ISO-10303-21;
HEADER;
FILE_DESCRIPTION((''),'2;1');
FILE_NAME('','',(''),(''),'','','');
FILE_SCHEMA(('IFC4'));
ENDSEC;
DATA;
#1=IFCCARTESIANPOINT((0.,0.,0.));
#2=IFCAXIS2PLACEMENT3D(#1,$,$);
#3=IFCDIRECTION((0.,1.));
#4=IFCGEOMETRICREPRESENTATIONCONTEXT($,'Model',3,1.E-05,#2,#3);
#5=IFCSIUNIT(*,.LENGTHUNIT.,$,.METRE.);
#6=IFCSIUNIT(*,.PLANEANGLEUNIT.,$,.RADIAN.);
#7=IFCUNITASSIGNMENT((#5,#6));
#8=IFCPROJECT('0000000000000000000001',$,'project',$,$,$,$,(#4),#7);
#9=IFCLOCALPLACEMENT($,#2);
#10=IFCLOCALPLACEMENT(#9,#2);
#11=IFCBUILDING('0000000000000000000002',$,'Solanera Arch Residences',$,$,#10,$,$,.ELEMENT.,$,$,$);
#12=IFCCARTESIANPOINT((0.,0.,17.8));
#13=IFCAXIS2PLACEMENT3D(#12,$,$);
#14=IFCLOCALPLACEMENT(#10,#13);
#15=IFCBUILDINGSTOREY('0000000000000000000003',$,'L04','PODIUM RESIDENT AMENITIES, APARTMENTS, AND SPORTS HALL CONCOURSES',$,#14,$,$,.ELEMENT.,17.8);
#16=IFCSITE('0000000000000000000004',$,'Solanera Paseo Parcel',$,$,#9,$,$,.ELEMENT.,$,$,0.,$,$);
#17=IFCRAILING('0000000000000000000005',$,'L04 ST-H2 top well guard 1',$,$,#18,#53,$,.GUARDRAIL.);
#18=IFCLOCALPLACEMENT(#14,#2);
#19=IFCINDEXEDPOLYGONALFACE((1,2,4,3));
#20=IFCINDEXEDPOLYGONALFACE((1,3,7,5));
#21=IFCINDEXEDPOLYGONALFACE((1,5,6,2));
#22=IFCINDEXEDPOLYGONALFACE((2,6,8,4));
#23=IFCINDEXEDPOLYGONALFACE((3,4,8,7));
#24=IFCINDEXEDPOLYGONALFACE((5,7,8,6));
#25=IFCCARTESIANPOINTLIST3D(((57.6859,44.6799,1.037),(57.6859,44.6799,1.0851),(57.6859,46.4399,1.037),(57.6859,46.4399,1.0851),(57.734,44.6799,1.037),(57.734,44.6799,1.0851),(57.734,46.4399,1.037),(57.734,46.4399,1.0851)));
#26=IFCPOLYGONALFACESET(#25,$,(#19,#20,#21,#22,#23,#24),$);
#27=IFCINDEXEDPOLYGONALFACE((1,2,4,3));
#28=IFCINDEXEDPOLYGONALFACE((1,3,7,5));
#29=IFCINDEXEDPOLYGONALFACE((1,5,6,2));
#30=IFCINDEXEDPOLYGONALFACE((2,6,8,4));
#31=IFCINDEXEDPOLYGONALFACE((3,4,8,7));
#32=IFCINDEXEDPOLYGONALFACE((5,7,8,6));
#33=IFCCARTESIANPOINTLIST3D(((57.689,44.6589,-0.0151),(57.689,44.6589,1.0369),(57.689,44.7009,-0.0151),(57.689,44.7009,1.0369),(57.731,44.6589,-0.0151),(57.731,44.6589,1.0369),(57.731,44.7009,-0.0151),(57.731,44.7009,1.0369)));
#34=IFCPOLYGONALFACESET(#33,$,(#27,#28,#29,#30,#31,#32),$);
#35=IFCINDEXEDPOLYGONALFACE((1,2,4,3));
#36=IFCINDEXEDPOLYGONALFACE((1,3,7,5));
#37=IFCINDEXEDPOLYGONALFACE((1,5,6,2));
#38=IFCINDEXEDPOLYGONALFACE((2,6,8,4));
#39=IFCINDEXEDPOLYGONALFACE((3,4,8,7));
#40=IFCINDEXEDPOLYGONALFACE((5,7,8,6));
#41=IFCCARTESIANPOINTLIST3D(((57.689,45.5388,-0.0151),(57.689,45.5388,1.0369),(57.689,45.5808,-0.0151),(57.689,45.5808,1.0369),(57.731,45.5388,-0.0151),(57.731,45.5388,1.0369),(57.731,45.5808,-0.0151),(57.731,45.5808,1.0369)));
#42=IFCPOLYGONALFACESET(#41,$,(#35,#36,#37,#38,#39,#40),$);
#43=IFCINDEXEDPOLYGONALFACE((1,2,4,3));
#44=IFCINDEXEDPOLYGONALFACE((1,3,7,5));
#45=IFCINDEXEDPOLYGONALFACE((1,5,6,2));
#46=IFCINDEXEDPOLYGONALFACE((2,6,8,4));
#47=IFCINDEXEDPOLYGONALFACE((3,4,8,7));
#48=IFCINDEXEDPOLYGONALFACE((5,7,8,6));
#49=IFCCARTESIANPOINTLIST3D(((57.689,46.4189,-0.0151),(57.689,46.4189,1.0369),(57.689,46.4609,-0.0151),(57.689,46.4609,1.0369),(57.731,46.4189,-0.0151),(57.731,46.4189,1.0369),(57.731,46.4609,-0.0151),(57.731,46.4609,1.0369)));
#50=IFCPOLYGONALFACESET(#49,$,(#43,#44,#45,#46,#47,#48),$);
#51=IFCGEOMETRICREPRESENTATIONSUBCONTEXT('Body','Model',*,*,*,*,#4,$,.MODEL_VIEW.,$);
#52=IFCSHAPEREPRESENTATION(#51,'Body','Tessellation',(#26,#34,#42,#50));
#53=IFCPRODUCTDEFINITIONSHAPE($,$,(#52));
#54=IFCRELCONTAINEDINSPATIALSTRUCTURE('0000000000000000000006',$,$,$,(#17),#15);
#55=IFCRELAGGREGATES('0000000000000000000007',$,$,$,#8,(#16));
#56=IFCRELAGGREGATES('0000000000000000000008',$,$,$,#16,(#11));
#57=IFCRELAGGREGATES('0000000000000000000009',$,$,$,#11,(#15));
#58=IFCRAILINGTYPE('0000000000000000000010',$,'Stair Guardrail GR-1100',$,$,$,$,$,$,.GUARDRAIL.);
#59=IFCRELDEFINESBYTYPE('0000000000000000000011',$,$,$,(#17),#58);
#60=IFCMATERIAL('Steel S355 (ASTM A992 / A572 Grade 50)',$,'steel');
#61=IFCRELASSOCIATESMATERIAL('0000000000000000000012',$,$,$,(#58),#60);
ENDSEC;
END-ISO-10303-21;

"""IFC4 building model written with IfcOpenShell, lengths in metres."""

from ifc_helpers import new_model, si_unit, direction, frame, origin, origin_2d, place, context, subcontext, project, spatial, rectangle, extrude, material, type_object, element, save


model = new_model("IFC4")

# Units and contexts
model_context = context("Model", 3, precision=1e-05, world=origin(), true_north=direction((0.0, 1.0)))
body_context = subcontext(model_context, "Body", "Model", "MODEL_VIEW")
ifc_project = project(units=[si_unit("LENGTHUNIT", "METRE"), si_unit("PLANEANGLEUNIT", "RADIAN")], contexts=[model_context])

# Site, building, storey
site_placement = place(None, origin())
site = spatial("IfcSite", under=ifc_project, at=site_placement, Name="Solanera Paseo Parcel", CompositionType="ELEMENT", RefElevation=0.0)
building_placement = place(site_placement, origin())
building = spatial("IfcBuilding", under=site, at=building_placement, Name="Solanera Arch Residences", CompositionType="ELEMENT")
storey_placement = place(building_placement, frame((0.0, 0.0, 17.8)))
storey = spatial("IfcBuildingStorey", under=building, at=storey_placement, Name="L04", Description="PODIUM RESIDENT AMENITIES, APARTMENTS, AND SPORTS HALL CONCOURSES", CompositionType="ELEMENT", Elevation=17.8)

# Railing
ifc_material_1 = material(Name="Steel S355 (ASTM A992 / A572 Grade 50)", Category="steel")
railing_type = type_object("IfcRailingType", Name="Stair Guardrail GR-1100", PredefinedType="GUARDRAIL", material=ifc_material_1)
railing_placement = place(storey_placement, frame((57.71, 44.6799, -0.0151)))
element("IfcRailing", 1, at=railing_placement, inside=storey, type_object=railing_type, Name="L04 ST-H2 top well guard 1", PredefinedType="GUARDRAIL", context=body_context, shape_type="SweptSolid", body=[
    extrude(rectangle(XDim=0.0481, YDim=0.0481, at=origin_2d()), frame((0.0, 0.0, 1.0762), z_axis=(0.0, 1.0, 0.0), x_axis=(-1.0, 0.0, 0.0)), (0.0, 0.0, 1.0), 1.76),
    extrude(rectangle(XDim=0.042, YDim=0.042, at=origin_2d()), origin(), (0.0, 0.0, 1.0), 1.052),
    extrude(rectangle(XDim=0.042, YDim=0.042, at=origin_2d()), frame((0.0, 0.8799, 0.0)), (0.0, 0.0, 1.0), 1.052),
    extrude(rectangle(XDim=0.042, YDim=0.042, at=origin_2d()), frame((0.0, 1.76, 0.0)), (0.0, 0.0, 1.0), 1.052),
])

save(model, "model.ifc")
